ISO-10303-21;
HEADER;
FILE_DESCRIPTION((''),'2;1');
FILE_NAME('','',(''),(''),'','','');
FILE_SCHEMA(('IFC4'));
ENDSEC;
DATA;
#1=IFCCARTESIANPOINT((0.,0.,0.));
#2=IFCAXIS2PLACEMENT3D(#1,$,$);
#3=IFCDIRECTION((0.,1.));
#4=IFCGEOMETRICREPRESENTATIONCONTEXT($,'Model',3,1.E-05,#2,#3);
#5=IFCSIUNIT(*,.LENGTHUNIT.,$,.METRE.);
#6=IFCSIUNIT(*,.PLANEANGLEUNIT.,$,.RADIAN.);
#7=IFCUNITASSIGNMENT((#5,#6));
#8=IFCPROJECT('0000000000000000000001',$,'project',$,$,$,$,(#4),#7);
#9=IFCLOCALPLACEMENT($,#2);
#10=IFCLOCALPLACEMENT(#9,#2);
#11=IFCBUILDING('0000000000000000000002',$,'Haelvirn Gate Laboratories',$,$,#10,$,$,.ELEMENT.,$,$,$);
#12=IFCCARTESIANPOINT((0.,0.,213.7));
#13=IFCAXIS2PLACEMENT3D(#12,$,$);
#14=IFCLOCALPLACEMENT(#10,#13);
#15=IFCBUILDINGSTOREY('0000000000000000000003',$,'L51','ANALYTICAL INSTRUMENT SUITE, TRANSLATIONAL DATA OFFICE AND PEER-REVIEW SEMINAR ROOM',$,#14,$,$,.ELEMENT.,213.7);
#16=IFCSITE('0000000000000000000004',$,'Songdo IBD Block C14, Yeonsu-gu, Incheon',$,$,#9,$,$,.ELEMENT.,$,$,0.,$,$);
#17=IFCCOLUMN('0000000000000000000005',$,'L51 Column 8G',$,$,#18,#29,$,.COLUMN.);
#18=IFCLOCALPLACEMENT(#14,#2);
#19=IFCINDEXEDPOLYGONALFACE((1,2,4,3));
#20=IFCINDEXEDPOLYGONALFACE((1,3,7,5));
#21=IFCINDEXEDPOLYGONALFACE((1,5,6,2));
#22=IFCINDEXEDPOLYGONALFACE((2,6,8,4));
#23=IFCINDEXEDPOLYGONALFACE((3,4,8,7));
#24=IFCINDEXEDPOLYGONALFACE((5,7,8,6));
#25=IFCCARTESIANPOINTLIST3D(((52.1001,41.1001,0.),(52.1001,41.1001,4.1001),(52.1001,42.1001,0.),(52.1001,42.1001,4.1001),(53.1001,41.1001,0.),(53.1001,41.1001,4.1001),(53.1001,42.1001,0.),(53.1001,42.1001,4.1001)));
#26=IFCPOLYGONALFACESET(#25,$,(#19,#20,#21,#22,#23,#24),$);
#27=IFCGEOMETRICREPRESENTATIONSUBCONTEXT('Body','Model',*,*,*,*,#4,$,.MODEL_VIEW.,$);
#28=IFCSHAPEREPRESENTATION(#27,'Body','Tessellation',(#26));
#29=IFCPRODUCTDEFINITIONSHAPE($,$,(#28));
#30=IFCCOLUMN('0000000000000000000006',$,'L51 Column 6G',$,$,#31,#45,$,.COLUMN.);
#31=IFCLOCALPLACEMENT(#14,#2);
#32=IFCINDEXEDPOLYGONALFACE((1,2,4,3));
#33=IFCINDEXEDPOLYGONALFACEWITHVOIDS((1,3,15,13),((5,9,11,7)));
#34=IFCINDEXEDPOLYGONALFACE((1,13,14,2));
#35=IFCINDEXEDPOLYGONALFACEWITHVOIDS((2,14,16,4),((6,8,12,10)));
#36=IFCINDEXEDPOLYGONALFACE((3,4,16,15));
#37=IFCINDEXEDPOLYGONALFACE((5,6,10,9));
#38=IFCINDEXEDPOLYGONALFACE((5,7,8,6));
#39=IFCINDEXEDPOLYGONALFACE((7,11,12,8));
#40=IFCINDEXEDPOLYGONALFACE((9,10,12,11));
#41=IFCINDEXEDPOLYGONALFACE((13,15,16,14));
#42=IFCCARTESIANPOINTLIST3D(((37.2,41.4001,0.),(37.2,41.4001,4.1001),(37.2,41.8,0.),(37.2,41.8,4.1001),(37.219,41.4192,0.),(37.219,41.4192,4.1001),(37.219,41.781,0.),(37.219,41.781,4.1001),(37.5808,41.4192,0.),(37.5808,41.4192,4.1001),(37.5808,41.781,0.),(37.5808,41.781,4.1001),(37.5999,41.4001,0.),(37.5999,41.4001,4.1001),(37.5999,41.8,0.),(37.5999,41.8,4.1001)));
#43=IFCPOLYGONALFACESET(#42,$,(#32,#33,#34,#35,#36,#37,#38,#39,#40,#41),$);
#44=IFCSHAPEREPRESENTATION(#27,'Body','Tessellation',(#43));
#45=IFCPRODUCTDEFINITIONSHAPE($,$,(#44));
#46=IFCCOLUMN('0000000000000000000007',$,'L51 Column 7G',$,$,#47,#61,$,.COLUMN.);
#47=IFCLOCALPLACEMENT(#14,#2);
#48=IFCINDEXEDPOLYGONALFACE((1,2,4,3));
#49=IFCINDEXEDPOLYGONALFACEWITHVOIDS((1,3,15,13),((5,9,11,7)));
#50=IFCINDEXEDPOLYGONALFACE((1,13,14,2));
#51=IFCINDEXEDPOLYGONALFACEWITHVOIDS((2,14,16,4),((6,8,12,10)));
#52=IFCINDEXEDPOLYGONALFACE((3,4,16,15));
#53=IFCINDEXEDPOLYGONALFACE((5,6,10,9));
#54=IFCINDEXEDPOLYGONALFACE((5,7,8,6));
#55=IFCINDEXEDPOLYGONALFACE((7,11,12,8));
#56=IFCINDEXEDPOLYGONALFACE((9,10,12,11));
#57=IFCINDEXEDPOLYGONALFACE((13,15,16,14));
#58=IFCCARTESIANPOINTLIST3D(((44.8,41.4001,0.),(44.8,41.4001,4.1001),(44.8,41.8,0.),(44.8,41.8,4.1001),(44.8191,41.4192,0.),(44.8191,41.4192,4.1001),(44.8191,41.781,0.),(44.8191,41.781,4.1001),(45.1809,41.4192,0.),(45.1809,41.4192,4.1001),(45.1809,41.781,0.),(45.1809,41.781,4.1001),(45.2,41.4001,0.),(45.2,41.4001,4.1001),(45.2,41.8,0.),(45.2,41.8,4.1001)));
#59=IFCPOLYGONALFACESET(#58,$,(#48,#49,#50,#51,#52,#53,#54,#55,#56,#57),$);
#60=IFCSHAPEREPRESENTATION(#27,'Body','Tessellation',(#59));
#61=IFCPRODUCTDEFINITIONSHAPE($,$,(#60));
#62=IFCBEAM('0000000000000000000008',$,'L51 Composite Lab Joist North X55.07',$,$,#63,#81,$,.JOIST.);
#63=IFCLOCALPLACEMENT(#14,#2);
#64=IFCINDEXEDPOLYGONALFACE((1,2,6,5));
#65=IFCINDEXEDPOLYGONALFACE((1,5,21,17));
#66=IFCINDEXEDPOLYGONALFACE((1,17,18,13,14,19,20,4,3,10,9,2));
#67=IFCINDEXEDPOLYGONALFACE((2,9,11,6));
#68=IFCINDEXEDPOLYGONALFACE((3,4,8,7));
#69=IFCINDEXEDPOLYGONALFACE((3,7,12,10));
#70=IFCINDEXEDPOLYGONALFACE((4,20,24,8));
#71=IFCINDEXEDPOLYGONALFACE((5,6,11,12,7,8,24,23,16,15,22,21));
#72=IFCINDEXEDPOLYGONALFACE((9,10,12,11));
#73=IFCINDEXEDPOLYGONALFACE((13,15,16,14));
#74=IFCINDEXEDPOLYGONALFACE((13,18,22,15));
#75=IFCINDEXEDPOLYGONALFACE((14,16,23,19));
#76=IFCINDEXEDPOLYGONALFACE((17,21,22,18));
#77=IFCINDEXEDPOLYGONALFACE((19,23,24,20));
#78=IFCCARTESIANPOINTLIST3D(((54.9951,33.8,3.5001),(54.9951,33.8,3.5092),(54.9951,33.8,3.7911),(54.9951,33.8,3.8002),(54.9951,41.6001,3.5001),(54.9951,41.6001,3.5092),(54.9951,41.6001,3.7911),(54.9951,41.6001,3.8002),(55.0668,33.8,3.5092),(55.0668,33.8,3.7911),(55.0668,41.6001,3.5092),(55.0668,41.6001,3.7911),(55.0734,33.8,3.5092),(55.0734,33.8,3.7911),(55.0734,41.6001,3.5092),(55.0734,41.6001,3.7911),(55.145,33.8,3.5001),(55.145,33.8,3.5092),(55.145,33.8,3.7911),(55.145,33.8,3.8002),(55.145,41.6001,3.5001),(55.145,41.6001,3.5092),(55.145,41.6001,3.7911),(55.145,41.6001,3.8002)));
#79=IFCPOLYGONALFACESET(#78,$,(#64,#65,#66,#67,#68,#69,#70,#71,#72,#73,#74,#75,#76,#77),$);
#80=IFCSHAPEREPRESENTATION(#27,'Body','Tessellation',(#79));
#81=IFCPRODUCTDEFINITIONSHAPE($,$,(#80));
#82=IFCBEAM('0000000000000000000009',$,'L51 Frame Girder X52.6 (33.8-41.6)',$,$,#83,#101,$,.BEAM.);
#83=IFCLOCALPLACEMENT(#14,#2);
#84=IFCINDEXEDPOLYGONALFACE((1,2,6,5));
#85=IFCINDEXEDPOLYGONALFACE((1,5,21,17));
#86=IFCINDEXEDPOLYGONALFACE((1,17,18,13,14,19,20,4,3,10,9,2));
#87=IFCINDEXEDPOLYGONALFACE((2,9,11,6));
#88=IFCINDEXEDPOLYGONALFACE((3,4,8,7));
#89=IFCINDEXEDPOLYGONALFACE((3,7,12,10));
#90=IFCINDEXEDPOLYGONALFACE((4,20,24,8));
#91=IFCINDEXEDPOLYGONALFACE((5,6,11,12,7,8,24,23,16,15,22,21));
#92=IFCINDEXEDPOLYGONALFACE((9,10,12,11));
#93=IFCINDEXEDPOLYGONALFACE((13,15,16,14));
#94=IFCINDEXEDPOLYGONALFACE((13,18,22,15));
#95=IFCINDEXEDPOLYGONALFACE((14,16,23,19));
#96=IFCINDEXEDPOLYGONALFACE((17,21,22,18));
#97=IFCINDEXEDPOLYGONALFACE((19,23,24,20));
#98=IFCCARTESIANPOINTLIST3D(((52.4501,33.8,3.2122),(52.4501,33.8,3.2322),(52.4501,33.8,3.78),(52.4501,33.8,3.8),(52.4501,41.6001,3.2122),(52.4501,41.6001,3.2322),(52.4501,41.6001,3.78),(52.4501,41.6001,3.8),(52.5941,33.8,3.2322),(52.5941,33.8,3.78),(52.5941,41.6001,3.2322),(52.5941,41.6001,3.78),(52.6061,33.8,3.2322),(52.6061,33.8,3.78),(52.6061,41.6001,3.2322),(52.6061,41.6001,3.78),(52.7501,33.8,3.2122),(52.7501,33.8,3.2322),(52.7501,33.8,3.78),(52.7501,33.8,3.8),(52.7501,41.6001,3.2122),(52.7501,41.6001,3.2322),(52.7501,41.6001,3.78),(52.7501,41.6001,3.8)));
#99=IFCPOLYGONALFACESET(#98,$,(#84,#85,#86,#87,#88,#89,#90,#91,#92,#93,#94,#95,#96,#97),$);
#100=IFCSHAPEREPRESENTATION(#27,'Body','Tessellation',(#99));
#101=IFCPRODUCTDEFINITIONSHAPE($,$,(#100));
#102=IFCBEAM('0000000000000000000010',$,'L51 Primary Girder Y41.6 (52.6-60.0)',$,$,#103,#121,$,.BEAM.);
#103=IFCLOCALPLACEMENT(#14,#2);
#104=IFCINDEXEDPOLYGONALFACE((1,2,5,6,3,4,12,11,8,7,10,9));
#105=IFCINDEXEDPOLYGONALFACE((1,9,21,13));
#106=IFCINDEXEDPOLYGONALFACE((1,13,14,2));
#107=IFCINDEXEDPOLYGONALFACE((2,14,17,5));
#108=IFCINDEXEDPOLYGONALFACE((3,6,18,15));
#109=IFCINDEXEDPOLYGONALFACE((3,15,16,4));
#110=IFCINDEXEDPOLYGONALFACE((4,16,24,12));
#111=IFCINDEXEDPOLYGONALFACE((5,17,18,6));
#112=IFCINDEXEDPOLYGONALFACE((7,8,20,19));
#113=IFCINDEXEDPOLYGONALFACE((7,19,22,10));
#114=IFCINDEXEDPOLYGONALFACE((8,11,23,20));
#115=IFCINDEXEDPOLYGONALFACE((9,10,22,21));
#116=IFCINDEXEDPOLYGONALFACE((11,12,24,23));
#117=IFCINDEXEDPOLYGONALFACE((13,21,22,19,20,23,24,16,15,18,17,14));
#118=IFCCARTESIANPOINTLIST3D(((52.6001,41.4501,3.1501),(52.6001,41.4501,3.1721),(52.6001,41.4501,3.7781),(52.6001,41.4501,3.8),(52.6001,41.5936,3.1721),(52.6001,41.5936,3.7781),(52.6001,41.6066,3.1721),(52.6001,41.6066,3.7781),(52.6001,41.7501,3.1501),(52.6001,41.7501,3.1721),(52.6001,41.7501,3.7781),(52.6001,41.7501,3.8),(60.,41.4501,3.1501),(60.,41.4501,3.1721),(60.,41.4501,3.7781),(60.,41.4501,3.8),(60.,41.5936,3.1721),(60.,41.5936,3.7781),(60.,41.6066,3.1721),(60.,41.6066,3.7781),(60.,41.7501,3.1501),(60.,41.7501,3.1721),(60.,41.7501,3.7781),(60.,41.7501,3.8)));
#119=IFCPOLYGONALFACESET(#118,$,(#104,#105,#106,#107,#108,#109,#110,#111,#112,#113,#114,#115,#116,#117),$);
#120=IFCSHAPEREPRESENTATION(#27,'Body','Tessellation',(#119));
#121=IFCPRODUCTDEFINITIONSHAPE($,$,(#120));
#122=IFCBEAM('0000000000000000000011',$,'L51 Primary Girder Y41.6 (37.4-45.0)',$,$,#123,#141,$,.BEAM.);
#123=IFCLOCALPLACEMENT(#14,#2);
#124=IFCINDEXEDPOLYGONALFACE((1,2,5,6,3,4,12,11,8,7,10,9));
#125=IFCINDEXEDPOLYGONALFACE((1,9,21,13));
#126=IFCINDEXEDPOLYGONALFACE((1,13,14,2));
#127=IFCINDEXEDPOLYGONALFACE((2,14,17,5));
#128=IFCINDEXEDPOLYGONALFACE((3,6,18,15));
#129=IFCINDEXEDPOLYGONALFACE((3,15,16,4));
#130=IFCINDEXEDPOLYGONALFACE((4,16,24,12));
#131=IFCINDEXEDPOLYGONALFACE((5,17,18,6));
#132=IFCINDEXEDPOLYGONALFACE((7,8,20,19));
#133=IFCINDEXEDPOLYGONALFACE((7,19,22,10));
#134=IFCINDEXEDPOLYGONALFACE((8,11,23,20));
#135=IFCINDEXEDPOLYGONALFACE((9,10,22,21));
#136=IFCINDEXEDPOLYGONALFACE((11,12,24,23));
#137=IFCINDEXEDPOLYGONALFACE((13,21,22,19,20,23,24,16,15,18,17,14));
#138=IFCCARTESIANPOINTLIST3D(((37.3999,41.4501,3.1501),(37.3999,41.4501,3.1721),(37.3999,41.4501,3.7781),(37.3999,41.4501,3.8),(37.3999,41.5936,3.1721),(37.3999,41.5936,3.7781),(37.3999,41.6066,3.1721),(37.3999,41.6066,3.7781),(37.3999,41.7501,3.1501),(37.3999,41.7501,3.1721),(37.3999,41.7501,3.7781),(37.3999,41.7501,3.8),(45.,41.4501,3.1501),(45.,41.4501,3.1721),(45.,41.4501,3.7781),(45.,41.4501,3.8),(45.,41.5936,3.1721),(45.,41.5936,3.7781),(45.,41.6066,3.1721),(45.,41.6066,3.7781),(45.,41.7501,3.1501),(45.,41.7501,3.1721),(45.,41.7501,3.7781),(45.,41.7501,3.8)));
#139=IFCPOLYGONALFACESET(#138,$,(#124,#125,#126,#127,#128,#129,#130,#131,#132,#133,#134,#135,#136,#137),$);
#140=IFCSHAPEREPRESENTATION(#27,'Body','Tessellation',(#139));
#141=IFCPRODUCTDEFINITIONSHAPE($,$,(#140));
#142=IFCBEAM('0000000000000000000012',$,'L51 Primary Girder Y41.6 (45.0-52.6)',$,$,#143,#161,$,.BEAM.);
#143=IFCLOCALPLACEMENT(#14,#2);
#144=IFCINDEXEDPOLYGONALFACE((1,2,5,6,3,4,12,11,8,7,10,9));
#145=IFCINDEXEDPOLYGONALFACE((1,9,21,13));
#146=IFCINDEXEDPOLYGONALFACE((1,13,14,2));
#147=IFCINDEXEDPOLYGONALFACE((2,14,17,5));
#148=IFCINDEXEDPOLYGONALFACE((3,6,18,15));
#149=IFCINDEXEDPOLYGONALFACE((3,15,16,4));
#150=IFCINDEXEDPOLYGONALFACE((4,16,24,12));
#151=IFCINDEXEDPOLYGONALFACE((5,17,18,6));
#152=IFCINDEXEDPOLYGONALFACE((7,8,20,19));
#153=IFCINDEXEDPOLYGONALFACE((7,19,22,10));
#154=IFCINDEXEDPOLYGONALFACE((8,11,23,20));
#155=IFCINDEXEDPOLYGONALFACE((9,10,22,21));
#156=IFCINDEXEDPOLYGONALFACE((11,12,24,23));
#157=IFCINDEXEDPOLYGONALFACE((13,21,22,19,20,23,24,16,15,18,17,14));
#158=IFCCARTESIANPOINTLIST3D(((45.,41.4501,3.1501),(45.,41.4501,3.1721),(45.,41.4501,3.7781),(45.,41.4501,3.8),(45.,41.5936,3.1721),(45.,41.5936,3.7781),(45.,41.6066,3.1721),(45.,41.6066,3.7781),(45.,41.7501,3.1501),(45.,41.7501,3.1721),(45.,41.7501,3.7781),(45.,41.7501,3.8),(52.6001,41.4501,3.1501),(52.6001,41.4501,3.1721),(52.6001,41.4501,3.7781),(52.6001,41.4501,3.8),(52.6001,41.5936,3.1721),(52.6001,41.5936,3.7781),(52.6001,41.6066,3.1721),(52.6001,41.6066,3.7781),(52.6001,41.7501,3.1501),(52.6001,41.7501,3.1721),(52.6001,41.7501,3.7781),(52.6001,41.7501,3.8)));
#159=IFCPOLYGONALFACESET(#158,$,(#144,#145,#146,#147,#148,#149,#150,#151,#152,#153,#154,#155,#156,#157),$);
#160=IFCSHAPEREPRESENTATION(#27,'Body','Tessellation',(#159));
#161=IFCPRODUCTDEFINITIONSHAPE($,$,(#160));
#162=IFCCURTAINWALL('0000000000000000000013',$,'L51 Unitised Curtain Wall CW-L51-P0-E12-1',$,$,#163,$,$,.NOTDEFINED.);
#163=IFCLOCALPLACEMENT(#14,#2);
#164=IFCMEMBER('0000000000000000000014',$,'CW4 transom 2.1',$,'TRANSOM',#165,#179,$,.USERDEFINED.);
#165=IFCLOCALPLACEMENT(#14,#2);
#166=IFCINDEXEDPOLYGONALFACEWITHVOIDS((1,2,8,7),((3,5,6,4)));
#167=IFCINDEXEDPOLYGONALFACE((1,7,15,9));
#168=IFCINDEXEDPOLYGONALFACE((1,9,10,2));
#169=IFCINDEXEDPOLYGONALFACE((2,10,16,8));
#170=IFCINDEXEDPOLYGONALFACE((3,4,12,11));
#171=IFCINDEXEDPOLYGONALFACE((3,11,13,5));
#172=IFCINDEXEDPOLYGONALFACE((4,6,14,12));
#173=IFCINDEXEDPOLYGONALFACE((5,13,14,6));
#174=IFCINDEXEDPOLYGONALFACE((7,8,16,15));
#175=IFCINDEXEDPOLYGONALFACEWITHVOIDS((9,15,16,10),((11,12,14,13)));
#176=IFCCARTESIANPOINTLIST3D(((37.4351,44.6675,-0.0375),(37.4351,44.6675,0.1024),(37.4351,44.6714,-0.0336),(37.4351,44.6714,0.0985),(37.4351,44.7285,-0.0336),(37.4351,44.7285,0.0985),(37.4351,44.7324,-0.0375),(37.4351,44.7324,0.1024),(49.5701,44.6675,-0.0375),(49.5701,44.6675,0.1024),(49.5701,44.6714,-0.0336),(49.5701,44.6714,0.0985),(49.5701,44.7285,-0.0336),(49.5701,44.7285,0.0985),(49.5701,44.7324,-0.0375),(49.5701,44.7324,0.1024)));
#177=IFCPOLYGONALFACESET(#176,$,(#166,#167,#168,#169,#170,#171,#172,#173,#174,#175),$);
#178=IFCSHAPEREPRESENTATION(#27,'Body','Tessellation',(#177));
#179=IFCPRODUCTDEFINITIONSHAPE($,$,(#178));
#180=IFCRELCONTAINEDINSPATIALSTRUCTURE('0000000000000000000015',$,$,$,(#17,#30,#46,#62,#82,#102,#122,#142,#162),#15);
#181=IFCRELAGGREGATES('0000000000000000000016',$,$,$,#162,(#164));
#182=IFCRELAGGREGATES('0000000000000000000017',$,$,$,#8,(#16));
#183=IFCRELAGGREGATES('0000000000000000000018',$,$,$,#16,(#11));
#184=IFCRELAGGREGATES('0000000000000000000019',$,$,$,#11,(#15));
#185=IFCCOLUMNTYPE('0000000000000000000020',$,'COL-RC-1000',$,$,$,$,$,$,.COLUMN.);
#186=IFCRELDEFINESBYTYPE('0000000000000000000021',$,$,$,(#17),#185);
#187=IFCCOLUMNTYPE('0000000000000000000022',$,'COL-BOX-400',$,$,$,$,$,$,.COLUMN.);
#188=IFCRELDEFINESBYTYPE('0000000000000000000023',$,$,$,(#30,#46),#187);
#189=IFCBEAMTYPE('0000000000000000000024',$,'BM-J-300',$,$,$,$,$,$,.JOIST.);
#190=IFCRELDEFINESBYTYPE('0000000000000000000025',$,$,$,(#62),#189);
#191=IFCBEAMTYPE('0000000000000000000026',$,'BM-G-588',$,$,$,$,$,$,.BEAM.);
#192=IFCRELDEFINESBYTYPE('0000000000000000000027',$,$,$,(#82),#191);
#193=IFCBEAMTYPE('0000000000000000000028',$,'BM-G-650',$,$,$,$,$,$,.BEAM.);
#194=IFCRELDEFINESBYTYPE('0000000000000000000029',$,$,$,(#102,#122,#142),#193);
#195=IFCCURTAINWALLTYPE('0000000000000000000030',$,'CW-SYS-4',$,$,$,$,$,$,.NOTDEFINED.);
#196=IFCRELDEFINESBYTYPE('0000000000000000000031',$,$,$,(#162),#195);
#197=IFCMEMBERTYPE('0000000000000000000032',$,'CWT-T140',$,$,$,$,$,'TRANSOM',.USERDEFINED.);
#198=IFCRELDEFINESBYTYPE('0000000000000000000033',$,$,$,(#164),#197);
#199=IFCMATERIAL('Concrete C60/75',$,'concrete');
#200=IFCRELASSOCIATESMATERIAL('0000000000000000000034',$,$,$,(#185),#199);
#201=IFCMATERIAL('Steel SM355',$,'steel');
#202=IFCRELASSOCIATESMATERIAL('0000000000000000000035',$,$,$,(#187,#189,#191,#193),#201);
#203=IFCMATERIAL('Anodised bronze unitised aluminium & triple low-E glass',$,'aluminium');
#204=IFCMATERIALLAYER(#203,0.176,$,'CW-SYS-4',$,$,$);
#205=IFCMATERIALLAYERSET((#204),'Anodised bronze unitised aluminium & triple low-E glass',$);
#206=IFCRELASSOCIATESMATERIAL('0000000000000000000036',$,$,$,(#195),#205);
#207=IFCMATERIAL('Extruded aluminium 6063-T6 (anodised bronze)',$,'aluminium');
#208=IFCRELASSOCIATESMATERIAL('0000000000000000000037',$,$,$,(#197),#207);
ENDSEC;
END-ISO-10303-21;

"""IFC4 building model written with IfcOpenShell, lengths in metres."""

from ifc_helpers import new_model, si_unit, direction, frame, origin, origin_2d, place, context, subcontext, project, spatial, rectangle, hollow_rectangle, i_section, extrude, source, transform, mapped, material, layer, layer_set, material_profile, profile_set, type_object, type_shapes, element, aggregate, save


model = new_model("IFC4")

# Units and contexts
model_context = context("Model", 3, precision=1e-05, world=origin(), true_north=direction((0.0, 1.0)))
body_context = subcontext(model_context, "Body", "Model", "MODEL_VIEW")
ifc_project = project(units=[si_unit("LENGTHUNIT", "METRE"), si_unit("PLANEANGLEUNIT", "RADIAN")], contexts=[model_context])

# Site, building, storey
site_placement = place(None, origin())
site = spatial("IfcSite", under=ifc_project, at=site_placement, Name="Songdo IBD Block C14, Yeonsu-gu, Incheon", CompositionType="ELEMENT", RefElevation=0.0)
building_placement = place(site_placement, origin())
building = spatial("IfcBuilding", under=site, at=building_placement, Name="Haelvirn Gate Laboratories", CompositionType="ELEMENT")
storey_placement = place(building_placement, frame((0.0, 0.0, 213.7)))
storey = spatial("IfcBuildingStorey", under=building, at=storey_placement, Name="L51", Description="ANALYTICAL INSTRUMENT SUITE, TRANSLATIONAL DATA OFFICE AND PEER-REVIEW SEMINAR ROOM", CompositionType="ELEMENT", Elevation=213.7)

# Columns
ifc_material_1 = material(Name="Concrete C60/75", Category="concrete")
ifc_material_profile_1 = material_profile(ifc_material_1, rectangle(XDim=1.0, YDim=1.0, at=origin_2d()), Name="RC-1000x1000")
ifc_profile_set_1 = profile_set([ifc_material_profile_1], Name="Concrete C60/75")
column_type_1 = type_object("IfcColumnType", Name="COL-RC-1000", PredefinedType="COLUMN", material=ifc_profile_set_1)
shared_shape_1 = source(origin(), body_context, "Body", "SweptSolid", [
    extrude(rectangle(XDim=1.0, YDim=1.0, at=origin_2d()), origin(), (0.0, 0.0, 1.0), 4.1001),
])
type_shapes(column_type_1, [shared_shape_1])
column_placement = place(storey_placement, frame((52.6001, 41.6001, 0.0), z_axis=(0.0, 0.0, 1.0), x_axis=(1.0, 0.0, 0.0)))
element("IfcColumn", 1, at=column_placement, inside=storey, type_object=column_type_1, Name="L51 Column 8G", PredefinedType="COLUMN", context=body_context, shape_type="MappedRepresentation", body=[
    mapped(shared_shape_1, transform((0.0, 0.0, 0.0), scale=1.0)),
])
ifc_material_2 = material(Name="Steel SM355", Category="steel")
ifc_material_profile_2 = material_profile(ifc_material_2, hollow_rectangle(XDim=0.3999, YDim=0.3999, WallThickness=0.019, at=origin_2d()), Name="BOX-400x400x19")
ifc_profile_set_2 = profile_set([ifc_material_profile_2], Name="Steel SM355")
column_type_2 = type_object("IfcColumnType", Name="COL-BOX-400", PredefinedType="COLUMN", material=ifc_profile_set_2)
shared_shape_2 = source(origin(), body_context, "Body", "SweptSolid", [
    extrude(hollow_rectangle(XDim=0.3999, YDim=0.3999, WallThickness=0.019, at=origin_2d()), origin(), (0.0, 0.0, 1.0), 4.1001),
])
type_shapes(column_type_2, [shared_shape_2])
for number, where, z_axis, x_axis, name in (
    (2, (37.3999, 41.6001, 0.0), (0.0, 0.0, 1.0), (1.0, 0.0, 0.0), "L51 Column 6G"),
    (3, (45.0, 41.6001, 0.0), (0.0, 0.0, 1.0), (1.0, 0.0, 0.0), "L51 Column 7G"),
):
    element("IfcColumn", number, at=place(storey_placement, frame(where, z_axis=z_axis, x_axis=x_axis)), inside=storey, type_object=column_type_2, Name=name, PredefinedType="COLUMN", context=body_context, shape_type="MappedRepresentation", body=[
        mapped(shared_shape_2, transform((0.0, 0.0, 0.0), scale=1.0)),
    ])

# Beams
ifc_material_profile_3 = material_profile(ifc_material_2, i_section(OverallWidth=0.1499, OverallDepth=0.3, WebThickness=0.0066, FlangeThickness=0.009, at=origin_2d()), Name="H-300x150x6.5x9")
ifc_profile_set_3 = profile_set([ifc_material_profile_3], Name="Steel SM355")
beam_type_1 = type_object("IfcBeamType", Name="BM-J-300", PredefinedType="JOIST", material=ifc_profile_set_3)
shared_shape_3 = source(origin(), body_context, "Body", "SweptSolid", [
    extrude(i_section(OverallWidth=0.1499, OverallDepth=0.3, WebThickness=0.0066, FlangeThickness=0.009, at=origin_2d()), origin(), (0.0, 0.0, 1.0), 7.8),
])
type_shapes(beam_type_1, [shared_shape_3])
beam_1_placement = place(storey_placement, frame((55.0701, 33.8, 3.6501), z_axis=(0.0, 1.0, 0.0), x_axis=(-1.0, 0.0, 0.0)))
element("IfcBeam", 4, at=beam_1_placement, inside=storey, type_object=beam_type_1, Name="L51 Composite Lab Joist North X55.07", PredefinedType="JOIST", context=body_context, shape_type="MappedRepresentation", body=[
    mapped(shared_shape_3, transform((0.0, 0.0, 0.0), scale=1.0)),
])
ifc_material_profile_4 = material_profile(ifc_material_2, i_section(OverallWidth=0.3, OverallDepth=0.5879, WebThickness=0.012, FlangeThickness=0.02, at=origin_2d()), Name="H-588x300x12x20")
ifc_profile_set_4 = profile_set([ifc_material_profile_4], Name="Steel SM355")
beam_type_2 = type_object("IfcBeamType", Name="BM-G-588", PredefinedType="BEAM", material=ifc_profile_set_4)
shared_shape_4 = source(origin(), body_context, "Body", "SweptSolid", [
    extrude(i_section(OverallWidth=0.3, OverallDepth=0.5879, WebThickness=0.012, FlangeThickness=0.02, at=origin_2d()), origin(), (0.0, 0.0, 1.0), 7.8),
])
type_shapes(beam_type_2, [shared_shape_4])
beam_2_placement = place(storey_placement, frame((52.6001, 33.8, 3.5061), z_axis=(0.0, 1.0, 0.0), x_axis=(-1.0, 0.0, 0.0)))
element("IfcBeam", 5, at=beam_2_placement, inside=storey, type_object=beam_type_2, Name="L51 Frame Girder X52.6 (33.8-41.6)", PredefinedType="BEAM", context=body_context, shape_type="MappedRepresentation", body=[
    mapped(shared_shape_4, transform((0.0, 0.0, 0.0), scale=1.0)),
])
ifc_material_profile_5 = material_profile(ifc_material_2, i_section(OverallWidth=0.3, OverallDepth=0.6499, WebThickness=0.0129, FlangeThickness=0.022, at=origin_2d()), Name="H-650x300x13x22")
ifc_profile_set_5 = profile_set([ifc_material_profile_5], Name="Steel SM355")
beam_type_3 = type_object("IfcBeamType", Name="BM-G-650", PredefinedType="BEAM", material=ifc_profile_set_5)
shared_shape_5 = source(origin(), body_context, "Body", "SweptSolid", [
    extrude(i_section(OverallWidth=0.3, OverallDepth=0.6499, WebThickness=0.0129, FlangeThickness=0.022, at=origin_2d()), origin(), (0.0, 0.0, 1.0), 7.3999),
])
beam_3_placement = place(storey_placement, frame((52.6001, 41.6001, 3.4751), z_axis=(1.0, 0.0, 0.0), x_axis=(0.0, 1.0, 0.0)))
element("IfcBeam", 6, at=beam_3_placement, inside=storey, type_object=beam_type_3, Name="L51 Primary Girder Y41.6 (52.6-60.0)", PredefinedType="BEAM", context=body_context, shape_type="MappedRepresentation", body=[
    mapped(shared_shape_5, transform((0.0, 0.0, 0.0), scale=1.0)),
])
shared_shape_6 = source(origin(), body_context, "Body", "SweptSolid", [
    extrude(i_section(OverallWidth=0.3, OverallDepth=0.6499, WebThickness=0.0129, FlangeThickness=0.022, at=origin_2d()), origin(), (0.0, 0.0, 1.0), 7.6001),
])
type_shapes(beam_type_3, [shared_shape_5, shared_shape_6])
for number, where, z_axis, x_axis, name in (
    (7, (37.3999, 41.6001, 3.4751), (1.0, 0.0, 0.0), (0.0, 1.0, 0.0), "L51 Primary Girder Y41.6 (37.4-45.0)"),
    (8, (45.0, 41.6001, 3.4751), (1.0, 0.0, 0.0), (0.0, 1.0, 0.0), "L51 Primary Girder Y41.6 (45.0-52.6)"),
):
    element("IfcBeam", number, at=place(storey_placement, frame(where, z_axis=z_axis, x_axis=x_axis)), inside=storey, type_object=beam_type_3, Name=name, PredefinedType="BEAM", context=body_context, shape_type="MappedRepresentation", body=[
        mapped(shared_shape_6, transform((0.0, 0.0, 0.0), scale=1.0)),
    ])

# Curtain wall, member
ifc_material_3 = material(Name="Anodised bronze unitised aluminium & triple low-E glass", Category="aluminium")
ifc_layer_1 = layer(ifc_material_3, 0.176, Name="CW-SYS-4")
ifc_layer_set_1 = layer_set([ifc_layer_1], Name="Anodised bronze unitised aluminium & triple low-E glass")
curtain_wall_type = type_object("IfcCurtainWallType", Name="CW-SYS-4", PredefinedType="NOTDEFINED", material=ifc_layer_set_1)
curtain_wall_1_placement = place(storey_placement, origin())
curtain_wall_1 = element("IfcCurtainWall", 9, at=curtain_wall_1_placement, inside=storey, type_object=curtain_wall_type, Name="L51 Unitised Curtain Wall CW-L51-P0-E12-1", PredefinedType="NOTDEFINED")
ifc_material_4 = material(Name="Extruded aluminium 6063-T6 (anodised bronze)", Category="aluminium")
ifc_material_profile_6 = material_profile(ifc_material_4, hollow_rectangle(XDim=0.0649, YDim=0.1399, WallThickness=0.0039, at=origin_2d()), Name="CWT-140x65x4")
ifc_profile_set_6 = profile_set([ifc_material_profile_6], Name="Extruded aluminium 6063-T6 (anodised bronze)")
member_type_1 = type_object("IfcMemberType", Name="CWT-T140", ElementType="TRANSOM", PredefinedType="USERDEFINED", material=ifc_profile_set_6)
shared_shape_7 = source(origin(), body_context, "Body", "SweptSolid", [
    extrude(hollow_rectangle(XDim=0.0649, YDim=0.1399, WallThickness=0.0039, at=origin_2d()), origin(), (0.0, 0.0, 1.0), 12.135),
])
member_1_placement = place(storey_placement, frame((37.4351, 44.7, 0.0325), z_axis=(1.0, 0.0, 0.0), x_axis=(0.0, 1.0, 0.0)))
member_1 = element("IfcMember", 10, at=member_1_placement, type_object=member_type_1, Name="CW4 transom 2.1", ObjectType="TRANSOM", PredefinedType="USERDEFINED", context=body_context, shape_type="MappedRepresentation", body=[
    mapped(shared_shape_7, transform((0.0, 0.0, 0.0), scale=1.0)),
])

aggregate(curtain_wall_1, [member_1])

save(model, "model.ifc")
